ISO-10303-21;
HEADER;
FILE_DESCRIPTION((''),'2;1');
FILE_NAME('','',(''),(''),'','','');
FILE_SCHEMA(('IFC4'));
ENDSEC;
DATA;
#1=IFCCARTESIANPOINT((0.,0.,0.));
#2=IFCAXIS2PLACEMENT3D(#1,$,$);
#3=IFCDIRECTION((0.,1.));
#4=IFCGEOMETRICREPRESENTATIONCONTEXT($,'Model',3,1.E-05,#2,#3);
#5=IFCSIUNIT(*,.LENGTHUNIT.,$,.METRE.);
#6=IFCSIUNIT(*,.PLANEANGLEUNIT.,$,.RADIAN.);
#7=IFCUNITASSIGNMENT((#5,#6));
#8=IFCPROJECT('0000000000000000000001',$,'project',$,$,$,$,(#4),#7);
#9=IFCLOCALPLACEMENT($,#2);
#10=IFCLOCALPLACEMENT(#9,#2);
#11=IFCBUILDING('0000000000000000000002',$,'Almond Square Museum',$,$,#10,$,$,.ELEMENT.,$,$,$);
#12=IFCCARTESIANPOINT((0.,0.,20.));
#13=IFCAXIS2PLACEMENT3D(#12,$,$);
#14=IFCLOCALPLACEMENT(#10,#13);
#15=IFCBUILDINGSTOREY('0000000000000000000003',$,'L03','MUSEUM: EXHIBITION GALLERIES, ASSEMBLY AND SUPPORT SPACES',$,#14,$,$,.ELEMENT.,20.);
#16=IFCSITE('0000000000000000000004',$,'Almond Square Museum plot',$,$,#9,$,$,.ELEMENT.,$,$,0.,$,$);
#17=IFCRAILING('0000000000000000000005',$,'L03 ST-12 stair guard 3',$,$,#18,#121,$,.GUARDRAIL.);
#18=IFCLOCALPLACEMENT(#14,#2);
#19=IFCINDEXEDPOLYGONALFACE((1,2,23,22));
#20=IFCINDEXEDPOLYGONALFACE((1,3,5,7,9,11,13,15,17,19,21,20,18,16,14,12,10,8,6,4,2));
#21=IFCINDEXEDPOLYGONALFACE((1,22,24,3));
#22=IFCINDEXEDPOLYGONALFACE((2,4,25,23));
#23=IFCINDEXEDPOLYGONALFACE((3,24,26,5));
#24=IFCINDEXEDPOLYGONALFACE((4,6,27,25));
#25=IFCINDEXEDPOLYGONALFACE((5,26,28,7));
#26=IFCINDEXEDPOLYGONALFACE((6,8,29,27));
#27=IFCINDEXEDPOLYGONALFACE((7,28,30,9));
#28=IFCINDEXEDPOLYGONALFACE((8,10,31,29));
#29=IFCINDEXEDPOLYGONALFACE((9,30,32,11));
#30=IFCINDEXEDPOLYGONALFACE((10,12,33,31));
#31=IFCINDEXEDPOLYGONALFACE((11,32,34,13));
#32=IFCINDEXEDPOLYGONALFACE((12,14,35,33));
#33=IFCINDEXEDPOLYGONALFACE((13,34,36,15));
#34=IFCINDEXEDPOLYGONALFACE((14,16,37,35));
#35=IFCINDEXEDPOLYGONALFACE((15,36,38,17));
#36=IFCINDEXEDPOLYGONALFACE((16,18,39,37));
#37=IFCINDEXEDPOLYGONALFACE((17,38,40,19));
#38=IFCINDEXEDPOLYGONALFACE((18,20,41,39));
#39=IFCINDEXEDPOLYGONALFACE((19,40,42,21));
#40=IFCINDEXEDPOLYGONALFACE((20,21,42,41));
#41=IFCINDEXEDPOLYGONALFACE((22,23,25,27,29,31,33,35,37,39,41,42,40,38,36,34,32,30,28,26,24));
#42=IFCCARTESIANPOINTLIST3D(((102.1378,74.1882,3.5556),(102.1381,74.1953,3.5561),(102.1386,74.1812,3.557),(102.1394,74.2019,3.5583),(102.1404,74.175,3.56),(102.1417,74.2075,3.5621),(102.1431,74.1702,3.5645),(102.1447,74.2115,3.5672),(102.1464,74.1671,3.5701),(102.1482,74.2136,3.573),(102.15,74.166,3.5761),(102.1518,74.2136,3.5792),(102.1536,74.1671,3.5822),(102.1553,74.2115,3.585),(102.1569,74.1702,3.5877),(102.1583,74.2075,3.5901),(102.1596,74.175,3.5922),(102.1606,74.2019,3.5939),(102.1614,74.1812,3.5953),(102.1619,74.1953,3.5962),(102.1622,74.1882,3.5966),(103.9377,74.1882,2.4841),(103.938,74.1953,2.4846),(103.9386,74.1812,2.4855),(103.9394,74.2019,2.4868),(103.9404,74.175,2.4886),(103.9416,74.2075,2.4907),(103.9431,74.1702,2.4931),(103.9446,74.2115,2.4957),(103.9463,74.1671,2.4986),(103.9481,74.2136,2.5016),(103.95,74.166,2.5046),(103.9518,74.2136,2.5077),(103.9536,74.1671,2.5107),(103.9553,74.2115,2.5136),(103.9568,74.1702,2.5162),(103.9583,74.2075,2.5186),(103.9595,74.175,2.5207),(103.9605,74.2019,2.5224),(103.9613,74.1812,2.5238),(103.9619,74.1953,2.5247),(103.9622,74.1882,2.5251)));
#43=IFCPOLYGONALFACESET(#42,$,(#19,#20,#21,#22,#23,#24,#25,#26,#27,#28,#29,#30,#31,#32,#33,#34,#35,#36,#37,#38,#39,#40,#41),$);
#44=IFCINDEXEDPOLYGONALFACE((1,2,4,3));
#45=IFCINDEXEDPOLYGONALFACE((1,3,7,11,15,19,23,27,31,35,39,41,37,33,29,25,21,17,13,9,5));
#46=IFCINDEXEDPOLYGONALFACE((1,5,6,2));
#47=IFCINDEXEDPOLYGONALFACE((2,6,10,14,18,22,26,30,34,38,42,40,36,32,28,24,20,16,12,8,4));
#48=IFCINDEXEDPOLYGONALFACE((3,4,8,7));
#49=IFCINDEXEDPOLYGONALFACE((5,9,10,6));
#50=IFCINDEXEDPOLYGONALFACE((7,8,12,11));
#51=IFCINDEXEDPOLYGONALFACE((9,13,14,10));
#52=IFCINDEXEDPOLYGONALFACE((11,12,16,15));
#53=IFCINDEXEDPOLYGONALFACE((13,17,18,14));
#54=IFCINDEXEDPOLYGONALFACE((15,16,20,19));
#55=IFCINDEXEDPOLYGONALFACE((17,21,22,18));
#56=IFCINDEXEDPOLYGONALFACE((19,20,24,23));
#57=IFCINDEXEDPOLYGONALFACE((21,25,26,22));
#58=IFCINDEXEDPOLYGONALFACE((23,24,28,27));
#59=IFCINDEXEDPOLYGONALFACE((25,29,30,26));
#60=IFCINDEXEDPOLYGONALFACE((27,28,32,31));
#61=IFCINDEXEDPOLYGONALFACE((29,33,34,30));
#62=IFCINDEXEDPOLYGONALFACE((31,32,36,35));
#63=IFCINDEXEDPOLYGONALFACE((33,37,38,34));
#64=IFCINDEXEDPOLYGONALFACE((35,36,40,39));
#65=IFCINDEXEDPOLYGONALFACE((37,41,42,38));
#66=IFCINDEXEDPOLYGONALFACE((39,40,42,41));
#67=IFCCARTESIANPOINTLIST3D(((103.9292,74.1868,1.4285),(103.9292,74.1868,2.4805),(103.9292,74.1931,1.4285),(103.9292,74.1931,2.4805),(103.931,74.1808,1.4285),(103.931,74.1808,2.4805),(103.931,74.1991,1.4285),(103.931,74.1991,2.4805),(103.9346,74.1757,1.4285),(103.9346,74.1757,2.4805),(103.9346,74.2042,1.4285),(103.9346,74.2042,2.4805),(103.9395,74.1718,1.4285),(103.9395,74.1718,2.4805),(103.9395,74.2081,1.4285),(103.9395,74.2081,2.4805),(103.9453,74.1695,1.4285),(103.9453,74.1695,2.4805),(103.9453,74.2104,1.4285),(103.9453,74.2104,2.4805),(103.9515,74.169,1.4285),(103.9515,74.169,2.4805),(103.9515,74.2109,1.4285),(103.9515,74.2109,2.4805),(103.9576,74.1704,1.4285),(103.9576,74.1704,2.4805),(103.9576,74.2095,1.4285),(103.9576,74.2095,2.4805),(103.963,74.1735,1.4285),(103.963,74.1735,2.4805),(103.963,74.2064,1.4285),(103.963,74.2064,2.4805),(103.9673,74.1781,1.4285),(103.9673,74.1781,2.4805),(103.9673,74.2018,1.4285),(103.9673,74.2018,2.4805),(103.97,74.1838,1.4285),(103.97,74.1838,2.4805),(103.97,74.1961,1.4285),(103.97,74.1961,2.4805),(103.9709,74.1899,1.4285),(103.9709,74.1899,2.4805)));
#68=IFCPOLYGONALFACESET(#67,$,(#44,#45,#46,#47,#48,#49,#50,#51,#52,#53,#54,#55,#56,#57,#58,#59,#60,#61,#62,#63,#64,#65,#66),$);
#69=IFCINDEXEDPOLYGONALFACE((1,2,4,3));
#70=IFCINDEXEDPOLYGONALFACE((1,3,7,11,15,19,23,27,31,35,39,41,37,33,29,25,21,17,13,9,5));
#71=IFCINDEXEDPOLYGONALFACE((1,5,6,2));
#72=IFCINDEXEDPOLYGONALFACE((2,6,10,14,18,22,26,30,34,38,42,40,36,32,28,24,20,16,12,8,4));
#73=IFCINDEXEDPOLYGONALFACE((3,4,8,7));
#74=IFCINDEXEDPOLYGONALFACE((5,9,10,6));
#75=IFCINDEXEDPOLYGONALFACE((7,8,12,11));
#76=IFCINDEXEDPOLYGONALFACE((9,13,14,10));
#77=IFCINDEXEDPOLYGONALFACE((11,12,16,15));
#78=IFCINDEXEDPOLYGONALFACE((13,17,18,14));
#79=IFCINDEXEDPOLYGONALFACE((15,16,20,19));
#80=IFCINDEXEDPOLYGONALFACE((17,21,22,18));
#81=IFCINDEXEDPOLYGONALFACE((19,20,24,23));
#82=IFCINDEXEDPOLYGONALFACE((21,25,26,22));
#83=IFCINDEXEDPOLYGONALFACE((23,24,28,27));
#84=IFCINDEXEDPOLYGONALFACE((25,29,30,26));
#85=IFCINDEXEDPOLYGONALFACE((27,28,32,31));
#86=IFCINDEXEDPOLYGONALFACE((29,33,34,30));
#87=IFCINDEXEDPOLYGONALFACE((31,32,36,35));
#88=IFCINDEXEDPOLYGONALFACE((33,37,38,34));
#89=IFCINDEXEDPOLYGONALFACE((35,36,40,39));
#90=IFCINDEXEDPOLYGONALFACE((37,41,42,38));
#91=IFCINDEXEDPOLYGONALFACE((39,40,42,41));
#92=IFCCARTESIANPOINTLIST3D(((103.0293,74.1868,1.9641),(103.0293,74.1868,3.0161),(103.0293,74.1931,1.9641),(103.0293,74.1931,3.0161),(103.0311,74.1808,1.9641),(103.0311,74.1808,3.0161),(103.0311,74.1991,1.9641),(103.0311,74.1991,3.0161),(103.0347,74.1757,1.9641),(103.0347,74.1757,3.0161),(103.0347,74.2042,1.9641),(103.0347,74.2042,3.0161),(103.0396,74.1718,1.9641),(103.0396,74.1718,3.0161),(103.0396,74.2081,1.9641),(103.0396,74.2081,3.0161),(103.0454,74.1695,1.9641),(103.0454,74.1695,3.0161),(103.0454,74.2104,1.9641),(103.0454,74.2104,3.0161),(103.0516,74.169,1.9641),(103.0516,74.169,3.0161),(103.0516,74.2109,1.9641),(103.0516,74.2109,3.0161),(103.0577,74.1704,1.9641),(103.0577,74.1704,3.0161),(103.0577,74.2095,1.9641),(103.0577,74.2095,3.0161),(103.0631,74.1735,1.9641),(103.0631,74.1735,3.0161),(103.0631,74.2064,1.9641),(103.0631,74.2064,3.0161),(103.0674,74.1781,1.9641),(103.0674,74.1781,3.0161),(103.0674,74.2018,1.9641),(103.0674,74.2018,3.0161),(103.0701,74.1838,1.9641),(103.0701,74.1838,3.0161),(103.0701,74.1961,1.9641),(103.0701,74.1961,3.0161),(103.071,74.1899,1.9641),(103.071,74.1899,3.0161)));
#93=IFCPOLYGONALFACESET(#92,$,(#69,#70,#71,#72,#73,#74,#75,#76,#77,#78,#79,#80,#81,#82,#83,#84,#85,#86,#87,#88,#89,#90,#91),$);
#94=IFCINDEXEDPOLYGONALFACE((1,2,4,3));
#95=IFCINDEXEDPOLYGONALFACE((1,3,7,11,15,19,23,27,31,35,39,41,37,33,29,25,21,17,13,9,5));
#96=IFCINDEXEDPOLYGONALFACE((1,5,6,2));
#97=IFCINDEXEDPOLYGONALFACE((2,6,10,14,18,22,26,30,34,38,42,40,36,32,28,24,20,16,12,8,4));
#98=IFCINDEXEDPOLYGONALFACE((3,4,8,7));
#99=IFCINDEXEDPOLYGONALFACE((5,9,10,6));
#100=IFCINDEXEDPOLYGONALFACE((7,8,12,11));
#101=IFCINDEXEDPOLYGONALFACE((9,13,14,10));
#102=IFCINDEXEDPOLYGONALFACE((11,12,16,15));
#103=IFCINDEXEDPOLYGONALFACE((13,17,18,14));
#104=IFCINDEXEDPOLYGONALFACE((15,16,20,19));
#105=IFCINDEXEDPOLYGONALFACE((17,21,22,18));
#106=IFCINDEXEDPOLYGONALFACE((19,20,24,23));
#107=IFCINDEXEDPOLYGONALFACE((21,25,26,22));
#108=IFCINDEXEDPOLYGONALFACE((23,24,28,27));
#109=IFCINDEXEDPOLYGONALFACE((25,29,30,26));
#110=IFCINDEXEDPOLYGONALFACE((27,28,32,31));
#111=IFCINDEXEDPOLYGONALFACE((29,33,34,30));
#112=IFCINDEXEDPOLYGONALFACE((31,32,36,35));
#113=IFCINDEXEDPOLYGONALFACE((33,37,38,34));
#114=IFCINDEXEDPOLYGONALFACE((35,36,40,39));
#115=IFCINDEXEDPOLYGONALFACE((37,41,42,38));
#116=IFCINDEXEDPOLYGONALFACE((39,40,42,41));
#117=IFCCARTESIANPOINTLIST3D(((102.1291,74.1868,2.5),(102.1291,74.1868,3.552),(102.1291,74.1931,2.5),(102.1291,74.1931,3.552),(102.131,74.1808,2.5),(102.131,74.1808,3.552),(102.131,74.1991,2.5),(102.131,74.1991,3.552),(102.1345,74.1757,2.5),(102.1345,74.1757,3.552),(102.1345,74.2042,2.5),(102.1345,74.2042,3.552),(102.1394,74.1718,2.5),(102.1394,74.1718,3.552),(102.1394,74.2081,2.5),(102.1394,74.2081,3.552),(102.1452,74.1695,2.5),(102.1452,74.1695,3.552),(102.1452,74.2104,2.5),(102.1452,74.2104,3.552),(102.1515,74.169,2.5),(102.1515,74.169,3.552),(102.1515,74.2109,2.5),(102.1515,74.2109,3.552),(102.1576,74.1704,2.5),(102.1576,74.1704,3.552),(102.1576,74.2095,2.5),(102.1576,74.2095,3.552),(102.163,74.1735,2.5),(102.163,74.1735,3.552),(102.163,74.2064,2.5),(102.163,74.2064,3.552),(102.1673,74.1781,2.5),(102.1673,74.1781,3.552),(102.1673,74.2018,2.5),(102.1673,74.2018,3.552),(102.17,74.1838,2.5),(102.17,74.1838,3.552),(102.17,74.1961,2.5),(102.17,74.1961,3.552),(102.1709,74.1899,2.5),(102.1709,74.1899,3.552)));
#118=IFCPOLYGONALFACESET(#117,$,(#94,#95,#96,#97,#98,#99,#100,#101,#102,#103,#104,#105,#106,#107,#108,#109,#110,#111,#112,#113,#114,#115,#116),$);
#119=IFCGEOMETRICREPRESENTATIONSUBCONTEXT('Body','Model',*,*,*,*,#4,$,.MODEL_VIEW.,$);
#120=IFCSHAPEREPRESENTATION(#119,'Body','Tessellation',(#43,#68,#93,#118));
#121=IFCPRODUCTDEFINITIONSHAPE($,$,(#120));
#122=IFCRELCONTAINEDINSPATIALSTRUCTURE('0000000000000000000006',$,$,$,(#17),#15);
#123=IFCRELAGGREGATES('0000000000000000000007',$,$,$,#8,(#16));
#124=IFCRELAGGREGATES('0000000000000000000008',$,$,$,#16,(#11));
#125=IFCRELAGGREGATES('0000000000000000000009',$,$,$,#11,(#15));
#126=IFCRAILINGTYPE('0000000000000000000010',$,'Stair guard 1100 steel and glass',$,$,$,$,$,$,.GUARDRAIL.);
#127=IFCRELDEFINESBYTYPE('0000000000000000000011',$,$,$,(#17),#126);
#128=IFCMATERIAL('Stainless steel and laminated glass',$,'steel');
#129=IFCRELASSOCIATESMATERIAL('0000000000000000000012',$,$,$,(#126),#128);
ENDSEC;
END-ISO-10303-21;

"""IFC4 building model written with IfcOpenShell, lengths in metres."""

from ifc_helpers import new_model, si_unit, direction, frame, origin, origin_2d, place, context, subcontext, project, spatial, circle, extrude, material, type_object, element, save


model = new_model("IFC4")

# Units and contexts
model_context = context("Model", 3, precision=1e-05, world=origin(), true_north=direction((0.0, 1.0)))
body_context = subcontext(model_context, "Body", "Model", "MODEL_VIEW")
ifc_project = project(units=[si_unit("LENGTHUNIT", "METRE"), si_unit("PLANEANGLEUNIT", "RADIAN")], contexts=[model_context])

# Site, building, storey
site_placement = place(None, origin())
site = spatial("IfcSite", under=ifc_project, at=site_placement, Name="Almond Square Museum plot", CompositionType="ELEMENT", RefElevation=0.0)
building_placement = place(site_placement, origin())
building = spatial("IfcBuilding", under=site, at=building_placement, Name="Almond Square Museum", CompositionType="ELEMENT")
storey_placement = place(building_placement, frame((0.0, 0.0, 20.0)))
storey = spatial("IfcBuildingStorey", under=building, at=storey_placement, Name="L03", Description="MUSEUM: EXHIBITION GALLERIES, ASSEMBLY AND SUPPORT SPACES", CompositionType="ELEMENT", Elevation=20.0)

# Railing
ifc_material_1 = material(Name="Stainless steel and laminated glass", Category="steel")
railing_type_1 = type_object("IfcRailingType", Name="Stair guard 1100 steel and glass", PredefinedType="GUARDRAIL", material=ifc_material_1)
railing_1_placement = place(storey_placement, frame((103.95, 74.1899, 1.4285)))
element("IfcRailing", 1, at=railing_1_placement, inside=storey, type_object=railing_type_1, Name="L03 ST-12 stair guard 3", PredefinedType="GUARDRAIL", context=body_context, shape_type="SweptSolid", body=[
    extrude(circle(Radius=0.0239, at=origin_2d()), frame((0.0, 0.0, 1.0762), z_axis=(-0.859277, 0.0, 0.51151), x_axis=(0.0, -1.0, 0.0)), (0.0, 0.0, 1.0), 2.0947),
    extrude(circle(Radius=0.021, at=origin_2d()), origin(), (0.0, 0.0, 1.0), 1.052),
    extrude(circle(Radius=0.021, at=origin_2d()), frame((-0.8999, 0.0, 0.5356)), (0.0, 0.0, 1.0), 1.052),
    extrude(circle(Radius=0.021, at=origin_2d()), frame((-1.8, 0.0, 1.0715)), (0.0, 0.0, 1.0), 1.052),
])

save(model, "model.ifc")
